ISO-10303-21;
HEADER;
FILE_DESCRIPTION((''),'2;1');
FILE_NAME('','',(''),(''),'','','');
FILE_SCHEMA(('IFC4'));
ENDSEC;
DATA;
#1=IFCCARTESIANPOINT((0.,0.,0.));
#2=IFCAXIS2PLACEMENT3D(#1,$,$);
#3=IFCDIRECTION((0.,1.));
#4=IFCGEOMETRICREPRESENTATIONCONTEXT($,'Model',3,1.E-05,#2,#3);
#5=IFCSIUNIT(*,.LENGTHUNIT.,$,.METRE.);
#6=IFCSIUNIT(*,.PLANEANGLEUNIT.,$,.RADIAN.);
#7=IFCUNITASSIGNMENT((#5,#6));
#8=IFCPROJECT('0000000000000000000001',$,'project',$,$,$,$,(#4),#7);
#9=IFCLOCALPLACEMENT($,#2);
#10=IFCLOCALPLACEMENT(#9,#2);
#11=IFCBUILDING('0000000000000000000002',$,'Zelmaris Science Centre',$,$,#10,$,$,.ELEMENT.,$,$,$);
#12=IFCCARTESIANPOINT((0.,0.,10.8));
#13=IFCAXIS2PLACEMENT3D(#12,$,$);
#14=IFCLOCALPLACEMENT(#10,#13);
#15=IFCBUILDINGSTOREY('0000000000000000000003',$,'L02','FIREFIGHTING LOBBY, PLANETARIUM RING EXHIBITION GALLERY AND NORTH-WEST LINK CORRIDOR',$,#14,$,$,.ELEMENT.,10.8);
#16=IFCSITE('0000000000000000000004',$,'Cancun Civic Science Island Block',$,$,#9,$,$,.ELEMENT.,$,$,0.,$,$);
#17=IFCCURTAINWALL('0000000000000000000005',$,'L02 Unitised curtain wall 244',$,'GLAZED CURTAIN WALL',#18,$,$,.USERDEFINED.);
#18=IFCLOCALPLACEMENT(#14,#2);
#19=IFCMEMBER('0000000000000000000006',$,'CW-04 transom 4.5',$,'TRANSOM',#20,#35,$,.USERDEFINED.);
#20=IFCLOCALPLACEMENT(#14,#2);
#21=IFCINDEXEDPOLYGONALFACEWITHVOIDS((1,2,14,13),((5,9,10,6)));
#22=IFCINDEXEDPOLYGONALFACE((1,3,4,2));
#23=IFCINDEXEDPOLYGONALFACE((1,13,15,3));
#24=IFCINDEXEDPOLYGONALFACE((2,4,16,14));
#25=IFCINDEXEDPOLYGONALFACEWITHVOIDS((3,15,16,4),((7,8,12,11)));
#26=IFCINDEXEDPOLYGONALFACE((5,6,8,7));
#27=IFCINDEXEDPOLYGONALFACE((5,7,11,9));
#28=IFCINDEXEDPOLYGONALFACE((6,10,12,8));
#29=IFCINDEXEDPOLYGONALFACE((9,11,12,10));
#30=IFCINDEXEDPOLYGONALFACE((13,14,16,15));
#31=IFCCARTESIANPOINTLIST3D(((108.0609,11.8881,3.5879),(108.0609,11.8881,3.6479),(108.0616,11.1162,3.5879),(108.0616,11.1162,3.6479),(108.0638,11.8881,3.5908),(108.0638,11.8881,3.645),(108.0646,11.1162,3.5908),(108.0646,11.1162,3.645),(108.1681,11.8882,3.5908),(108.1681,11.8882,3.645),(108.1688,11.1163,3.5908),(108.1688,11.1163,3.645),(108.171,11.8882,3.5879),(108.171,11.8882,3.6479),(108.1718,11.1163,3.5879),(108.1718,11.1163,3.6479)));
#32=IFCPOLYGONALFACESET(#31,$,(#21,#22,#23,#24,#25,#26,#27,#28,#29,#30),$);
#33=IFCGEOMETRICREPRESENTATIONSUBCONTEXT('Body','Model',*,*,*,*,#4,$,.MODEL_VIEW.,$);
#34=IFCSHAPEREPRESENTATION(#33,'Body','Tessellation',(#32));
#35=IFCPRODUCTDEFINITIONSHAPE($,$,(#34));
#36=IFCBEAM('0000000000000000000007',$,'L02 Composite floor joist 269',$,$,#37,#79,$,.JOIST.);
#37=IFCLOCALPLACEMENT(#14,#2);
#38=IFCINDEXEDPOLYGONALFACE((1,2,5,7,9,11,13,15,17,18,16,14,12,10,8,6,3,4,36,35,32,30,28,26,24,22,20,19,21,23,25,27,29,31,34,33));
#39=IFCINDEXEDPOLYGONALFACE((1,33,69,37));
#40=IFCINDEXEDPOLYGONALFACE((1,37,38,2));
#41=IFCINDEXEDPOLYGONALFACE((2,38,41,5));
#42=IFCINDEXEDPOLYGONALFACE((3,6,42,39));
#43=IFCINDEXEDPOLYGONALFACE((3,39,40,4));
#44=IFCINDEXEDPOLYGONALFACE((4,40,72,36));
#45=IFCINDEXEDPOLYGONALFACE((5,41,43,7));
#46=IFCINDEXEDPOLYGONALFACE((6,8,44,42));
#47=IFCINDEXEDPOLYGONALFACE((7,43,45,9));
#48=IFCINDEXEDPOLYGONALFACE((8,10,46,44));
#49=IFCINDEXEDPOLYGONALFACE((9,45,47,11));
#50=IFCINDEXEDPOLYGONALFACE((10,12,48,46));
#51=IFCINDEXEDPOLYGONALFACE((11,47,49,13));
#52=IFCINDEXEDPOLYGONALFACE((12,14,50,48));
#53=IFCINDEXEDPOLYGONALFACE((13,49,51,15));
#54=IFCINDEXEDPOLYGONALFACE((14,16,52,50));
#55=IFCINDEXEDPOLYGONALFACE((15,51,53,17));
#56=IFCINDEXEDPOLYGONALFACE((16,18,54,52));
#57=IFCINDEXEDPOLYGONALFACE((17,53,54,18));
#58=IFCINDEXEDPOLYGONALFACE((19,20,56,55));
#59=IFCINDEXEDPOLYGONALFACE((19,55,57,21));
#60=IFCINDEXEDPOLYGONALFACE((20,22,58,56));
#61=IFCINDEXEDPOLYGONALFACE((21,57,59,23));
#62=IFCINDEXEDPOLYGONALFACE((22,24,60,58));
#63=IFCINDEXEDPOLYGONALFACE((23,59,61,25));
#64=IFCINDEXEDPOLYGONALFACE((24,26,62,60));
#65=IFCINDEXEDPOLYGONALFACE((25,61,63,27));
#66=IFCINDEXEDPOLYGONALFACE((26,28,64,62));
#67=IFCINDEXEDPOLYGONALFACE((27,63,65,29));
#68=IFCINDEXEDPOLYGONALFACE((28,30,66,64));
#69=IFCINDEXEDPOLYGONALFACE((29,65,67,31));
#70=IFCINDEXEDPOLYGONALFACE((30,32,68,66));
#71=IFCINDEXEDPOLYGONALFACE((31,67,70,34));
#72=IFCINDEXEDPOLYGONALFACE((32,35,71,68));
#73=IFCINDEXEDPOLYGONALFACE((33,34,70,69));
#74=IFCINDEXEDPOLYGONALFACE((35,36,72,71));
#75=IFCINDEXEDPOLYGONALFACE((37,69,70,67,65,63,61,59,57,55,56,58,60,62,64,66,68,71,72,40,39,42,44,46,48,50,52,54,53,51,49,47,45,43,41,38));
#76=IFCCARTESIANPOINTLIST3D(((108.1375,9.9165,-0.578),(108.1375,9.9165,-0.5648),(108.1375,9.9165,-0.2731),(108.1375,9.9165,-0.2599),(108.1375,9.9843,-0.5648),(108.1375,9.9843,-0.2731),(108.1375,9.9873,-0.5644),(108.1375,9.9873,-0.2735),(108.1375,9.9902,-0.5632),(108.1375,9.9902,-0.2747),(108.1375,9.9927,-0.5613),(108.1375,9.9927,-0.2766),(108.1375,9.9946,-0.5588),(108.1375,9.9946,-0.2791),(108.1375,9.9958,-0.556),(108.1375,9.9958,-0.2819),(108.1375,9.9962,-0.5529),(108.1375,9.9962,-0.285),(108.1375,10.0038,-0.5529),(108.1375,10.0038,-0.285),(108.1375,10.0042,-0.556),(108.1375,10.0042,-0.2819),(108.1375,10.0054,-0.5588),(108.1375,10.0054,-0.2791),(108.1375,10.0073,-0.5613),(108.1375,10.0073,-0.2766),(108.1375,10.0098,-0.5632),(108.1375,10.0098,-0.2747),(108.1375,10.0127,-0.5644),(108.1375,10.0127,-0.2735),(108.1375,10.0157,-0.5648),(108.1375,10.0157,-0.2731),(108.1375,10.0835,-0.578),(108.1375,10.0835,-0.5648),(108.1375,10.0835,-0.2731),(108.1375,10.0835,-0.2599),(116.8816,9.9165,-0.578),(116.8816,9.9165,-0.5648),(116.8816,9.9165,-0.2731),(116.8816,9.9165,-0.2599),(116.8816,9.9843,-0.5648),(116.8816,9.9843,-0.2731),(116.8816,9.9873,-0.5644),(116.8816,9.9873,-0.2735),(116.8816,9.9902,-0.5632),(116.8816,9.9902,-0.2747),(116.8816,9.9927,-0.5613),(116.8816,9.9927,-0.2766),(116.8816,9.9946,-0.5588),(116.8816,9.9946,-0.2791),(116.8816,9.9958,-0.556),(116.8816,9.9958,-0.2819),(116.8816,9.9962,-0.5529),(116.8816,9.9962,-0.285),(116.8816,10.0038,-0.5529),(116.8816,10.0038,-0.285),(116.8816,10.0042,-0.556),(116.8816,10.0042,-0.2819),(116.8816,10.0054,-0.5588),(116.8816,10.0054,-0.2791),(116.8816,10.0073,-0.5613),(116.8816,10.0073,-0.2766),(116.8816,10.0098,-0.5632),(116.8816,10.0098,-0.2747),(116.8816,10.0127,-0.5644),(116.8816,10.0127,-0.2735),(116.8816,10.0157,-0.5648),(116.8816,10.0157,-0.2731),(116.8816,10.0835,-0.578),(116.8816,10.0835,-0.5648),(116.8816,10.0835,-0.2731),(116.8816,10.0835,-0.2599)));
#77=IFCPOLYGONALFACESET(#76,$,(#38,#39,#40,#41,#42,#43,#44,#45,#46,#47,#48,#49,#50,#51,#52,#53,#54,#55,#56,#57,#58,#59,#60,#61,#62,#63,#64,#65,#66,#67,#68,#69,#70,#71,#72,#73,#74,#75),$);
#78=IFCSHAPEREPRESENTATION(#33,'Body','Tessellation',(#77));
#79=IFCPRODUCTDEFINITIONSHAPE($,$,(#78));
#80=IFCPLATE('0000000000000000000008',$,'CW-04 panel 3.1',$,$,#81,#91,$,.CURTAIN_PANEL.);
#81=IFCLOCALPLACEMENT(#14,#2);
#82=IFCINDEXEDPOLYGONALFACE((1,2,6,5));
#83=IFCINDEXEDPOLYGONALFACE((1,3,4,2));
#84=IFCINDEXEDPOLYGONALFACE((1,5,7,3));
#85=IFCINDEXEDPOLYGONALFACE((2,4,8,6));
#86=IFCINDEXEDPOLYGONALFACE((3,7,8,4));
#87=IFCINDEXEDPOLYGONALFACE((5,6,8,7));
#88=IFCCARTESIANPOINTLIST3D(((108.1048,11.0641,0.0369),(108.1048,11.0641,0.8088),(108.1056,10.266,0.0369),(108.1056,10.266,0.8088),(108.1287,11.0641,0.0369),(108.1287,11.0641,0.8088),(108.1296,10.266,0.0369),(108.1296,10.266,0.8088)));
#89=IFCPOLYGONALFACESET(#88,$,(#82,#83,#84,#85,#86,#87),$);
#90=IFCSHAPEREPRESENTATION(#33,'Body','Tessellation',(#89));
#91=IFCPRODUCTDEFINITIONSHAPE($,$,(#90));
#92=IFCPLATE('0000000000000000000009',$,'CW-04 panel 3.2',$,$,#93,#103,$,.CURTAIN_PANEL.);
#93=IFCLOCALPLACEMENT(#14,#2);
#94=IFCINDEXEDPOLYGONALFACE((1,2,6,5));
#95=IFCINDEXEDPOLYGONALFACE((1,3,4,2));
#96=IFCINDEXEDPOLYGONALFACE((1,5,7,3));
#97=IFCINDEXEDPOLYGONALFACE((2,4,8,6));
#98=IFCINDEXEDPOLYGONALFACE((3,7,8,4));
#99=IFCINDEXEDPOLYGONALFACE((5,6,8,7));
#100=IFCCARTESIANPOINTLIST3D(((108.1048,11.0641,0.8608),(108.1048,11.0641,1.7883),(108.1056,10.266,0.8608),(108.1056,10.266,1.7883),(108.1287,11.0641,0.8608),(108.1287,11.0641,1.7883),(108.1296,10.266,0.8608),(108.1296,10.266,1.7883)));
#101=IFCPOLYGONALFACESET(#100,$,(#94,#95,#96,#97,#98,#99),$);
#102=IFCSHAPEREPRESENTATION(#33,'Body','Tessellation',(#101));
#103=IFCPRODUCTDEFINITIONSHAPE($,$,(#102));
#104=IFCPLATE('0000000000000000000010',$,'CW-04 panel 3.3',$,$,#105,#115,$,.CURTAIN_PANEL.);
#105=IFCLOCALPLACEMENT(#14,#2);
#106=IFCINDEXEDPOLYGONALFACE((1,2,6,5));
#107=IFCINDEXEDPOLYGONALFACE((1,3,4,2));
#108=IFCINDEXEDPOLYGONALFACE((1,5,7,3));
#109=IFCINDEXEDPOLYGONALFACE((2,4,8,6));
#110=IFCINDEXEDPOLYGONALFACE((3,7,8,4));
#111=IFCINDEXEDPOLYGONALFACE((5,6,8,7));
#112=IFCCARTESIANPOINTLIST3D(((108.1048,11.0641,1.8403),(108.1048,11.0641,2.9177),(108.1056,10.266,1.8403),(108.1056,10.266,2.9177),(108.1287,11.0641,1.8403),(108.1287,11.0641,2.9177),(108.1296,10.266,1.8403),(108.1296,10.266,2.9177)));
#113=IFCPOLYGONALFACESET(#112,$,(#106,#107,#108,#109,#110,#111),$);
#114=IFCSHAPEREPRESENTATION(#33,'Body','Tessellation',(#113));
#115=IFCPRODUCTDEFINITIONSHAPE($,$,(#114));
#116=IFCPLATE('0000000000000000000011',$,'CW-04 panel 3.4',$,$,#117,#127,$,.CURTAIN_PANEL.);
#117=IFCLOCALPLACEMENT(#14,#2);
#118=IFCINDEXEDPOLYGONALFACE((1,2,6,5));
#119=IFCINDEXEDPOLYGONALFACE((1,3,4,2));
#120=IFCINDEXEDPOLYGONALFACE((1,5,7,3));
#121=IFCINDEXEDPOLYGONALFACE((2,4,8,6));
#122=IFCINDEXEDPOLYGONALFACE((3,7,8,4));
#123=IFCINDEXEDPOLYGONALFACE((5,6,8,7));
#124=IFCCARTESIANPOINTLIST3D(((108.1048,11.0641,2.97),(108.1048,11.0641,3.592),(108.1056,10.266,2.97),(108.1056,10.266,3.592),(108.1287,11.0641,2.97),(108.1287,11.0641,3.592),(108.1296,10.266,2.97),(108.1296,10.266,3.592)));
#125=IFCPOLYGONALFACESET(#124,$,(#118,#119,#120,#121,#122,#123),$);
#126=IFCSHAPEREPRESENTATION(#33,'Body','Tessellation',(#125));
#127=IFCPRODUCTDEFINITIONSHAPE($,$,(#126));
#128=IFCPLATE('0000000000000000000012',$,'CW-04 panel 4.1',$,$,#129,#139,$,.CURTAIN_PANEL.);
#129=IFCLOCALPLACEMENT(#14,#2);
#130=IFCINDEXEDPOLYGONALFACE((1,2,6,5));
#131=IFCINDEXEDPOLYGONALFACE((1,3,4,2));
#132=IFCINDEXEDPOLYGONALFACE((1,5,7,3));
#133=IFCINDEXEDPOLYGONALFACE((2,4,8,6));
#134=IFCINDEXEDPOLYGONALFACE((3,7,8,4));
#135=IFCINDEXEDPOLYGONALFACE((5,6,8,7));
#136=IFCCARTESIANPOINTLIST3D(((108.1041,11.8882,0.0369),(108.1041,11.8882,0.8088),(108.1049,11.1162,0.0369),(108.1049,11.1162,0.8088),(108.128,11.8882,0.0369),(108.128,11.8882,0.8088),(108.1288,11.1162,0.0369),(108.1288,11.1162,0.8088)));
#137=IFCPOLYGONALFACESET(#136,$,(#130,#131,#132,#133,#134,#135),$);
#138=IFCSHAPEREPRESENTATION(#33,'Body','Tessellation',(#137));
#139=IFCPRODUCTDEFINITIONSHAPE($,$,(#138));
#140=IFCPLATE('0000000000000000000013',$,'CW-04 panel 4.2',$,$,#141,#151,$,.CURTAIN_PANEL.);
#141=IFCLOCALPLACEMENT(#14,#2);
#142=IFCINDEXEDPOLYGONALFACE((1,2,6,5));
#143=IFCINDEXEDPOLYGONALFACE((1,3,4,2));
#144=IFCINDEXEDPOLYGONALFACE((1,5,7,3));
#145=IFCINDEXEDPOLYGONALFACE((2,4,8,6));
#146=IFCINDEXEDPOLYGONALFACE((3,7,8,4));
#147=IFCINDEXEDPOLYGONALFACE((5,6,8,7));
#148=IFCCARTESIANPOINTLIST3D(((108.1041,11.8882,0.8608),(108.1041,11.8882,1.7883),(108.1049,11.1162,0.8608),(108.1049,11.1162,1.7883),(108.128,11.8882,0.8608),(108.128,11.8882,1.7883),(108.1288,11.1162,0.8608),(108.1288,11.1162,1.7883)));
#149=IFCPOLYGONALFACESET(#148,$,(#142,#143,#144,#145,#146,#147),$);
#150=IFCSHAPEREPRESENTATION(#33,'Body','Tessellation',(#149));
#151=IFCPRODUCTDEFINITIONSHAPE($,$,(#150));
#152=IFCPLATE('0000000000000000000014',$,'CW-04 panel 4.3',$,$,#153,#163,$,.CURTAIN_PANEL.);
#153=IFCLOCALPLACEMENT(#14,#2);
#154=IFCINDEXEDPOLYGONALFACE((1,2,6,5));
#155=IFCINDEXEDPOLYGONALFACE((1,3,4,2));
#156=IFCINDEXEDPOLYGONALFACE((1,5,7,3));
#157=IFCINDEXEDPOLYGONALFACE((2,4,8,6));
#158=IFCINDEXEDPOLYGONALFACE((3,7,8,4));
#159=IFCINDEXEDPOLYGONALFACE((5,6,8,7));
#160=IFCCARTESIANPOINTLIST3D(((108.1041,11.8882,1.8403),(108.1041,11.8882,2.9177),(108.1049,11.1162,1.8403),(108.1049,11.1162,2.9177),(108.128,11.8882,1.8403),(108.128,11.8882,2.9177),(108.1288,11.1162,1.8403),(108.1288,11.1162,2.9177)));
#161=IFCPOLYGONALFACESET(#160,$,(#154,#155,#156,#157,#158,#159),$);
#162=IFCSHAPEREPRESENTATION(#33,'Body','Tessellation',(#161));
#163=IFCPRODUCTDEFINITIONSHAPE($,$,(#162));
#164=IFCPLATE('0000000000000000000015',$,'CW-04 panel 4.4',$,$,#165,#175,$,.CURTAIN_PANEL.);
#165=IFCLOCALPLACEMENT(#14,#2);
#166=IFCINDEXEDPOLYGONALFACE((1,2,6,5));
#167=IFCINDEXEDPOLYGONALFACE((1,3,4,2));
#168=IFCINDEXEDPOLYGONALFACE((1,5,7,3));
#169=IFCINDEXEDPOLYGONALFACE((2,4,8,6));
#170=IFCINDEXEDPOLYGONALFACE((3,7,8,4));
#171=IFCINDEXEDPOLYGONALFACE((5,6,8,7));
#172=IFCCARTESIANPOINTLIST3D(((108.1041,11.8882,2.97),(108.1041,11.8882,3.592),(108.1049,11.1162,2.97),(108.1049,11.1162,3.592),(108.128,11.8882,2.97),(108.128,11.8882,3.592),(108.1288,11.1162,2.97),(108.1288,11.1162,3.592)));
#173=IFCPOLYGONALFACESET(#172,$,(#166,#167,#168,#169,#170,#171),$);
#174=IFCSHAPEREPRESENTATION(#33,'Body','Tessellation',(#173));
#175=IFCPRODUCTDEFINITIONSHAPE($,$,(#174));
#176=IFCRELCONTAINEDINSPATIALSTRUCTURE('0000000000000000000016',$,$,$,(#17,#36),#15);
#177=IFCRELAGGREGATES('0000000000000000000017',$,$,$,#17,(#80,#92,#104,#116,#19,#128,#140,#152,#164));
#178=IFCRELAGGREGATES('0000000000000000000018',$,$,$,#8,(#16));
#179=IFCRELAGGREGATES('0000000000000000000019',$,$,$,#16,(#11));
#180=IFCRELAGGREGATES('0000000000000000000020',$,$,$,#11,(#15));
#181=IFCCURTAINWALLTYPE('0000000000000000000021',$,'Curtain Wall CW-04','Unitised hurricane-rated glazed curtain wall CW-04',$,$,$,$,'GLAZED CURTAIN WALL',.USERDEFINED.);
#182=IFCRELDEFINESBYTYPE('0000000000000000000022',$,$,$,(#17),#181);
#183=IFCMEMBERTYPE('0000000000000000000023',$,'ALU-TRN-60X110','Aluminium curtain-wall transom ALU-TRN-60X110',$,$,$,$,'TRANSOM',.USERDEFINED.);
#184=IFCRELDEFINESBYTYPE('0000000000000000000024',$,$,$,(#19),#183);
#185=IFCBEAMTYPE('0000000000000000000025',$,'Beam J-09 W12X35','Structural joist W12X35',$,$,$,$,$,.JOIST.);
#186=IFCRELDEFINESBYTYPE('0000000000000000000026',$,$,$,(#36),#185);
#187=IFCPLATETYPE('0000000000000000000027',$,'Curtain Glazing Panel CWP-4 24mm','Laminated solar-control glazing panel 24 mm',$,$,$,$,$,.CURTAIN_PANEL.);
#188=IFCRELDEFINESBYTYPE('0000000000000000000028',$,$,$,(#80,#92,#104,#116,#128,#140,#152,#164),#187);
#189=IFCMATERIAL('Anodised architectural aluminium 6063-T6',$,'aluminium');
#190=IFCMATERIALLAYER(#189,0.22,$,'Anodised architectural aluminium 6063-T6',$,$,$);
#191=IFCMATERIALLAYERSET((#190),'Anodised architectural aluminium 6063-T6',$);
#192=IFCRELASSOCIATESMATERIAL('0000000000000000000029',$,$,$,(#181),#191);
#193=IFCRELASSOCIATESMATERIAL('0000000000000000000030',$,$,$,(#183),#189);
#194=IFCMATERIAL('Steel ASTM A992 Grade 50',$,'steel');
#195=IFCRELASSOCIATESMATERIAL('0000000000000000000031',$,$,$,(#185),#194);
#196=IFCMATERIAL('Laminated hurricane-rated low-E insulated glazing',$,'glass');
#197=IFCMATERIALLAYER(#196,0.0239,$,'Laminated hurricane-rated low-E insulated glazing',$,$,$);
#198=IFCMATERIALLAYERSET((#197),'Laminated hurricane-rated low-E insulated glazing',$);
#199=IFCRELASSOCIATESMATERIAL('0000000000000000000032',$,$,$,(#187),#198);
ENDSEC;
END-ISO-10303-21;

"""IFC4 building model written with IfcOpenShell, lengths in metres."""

from ifc_helpers import new_model, si_unit, direction, frame, origin, origin_2d, place, context, subcontext, project, spatial, rectangle, hollow_rectangle, i_section, extrude, material, layer, layer_set, material_profile, profile_set, type_object, element, aggregate, save


model = new_model("IFC4")

# Units and contexts
model_context = context("Model", 3, precision=1e-05, world=origin(), true_north=direction((0.0, 1.0)))
body_context = subcontext(model_context, "Body", "Model", "MODEL_VIEW")
ifc_project = project(units=[si_unit("LENGTHUNIT", "METRE"), si_unit("PLANEANGLEUNIT", "RADIAN")], contexts=[model_context])

# Site, building, storey
site_placement = place(None, origin())
site = spatial("IfcSite", under=ifc_project, at=site_placement, Name="Cancun Civic Science Island Block", CompositionType="ELEMENT", RefElevation=0.0)
building_placement = place(site_placement, origin())
building = spatial("IfcBuilding", under=site, at=building_placement, Name="Zelmaris Science Centre", CompositionType="ELEMENT")
storey_placement = place(building_placement, frame((0.0, 0.0, 10.8)))
storey = spatial("IfcBuildingStorey", under=building, at=storey_placement, Name="L02", Description="FIREFIGHTING LOBBY, PLANETARIUM RING EXHIBITION GALLERY AND NORTH-WEST LINK CORRIDOR", CompositionType="ELEMENT", Elevation=10.8)

# Curtain wall, member
ifc_material_1 = material(Name="Anodised architectural aluminium 6063-T6", Category="aluminium")
ifc_layer_1 = layer(ifc_material_1, 0.22, Name="Anodised architectural aluminium 6063-T6")
ifc_layer_set_1 = layer_set([ifc_layer_1], Name="Anodised architectural aluminium 6063-T6")
curtain_wall_type = type_object("IfcCurtainWallType", Name="Curtain Wall CW-04", Description="Unitised hurricane-rated glazed curtain wall CW-04", ElementType="GLAZED CURTAIN WALL", PredefinedType="USERDEFINED", material=ifc_layer_set_1)
curtain_wall_placement = place(storey_placement, origin())
curtain_wall = element("IfcCurtainWall", 1, at=curtain_wall_placement, inside=storey, type_object=curtain_wall_type, Name="L02 Unitised curtain wall 244", ObjectType="GLAZED CURTAIN WALL", PredefinedType="USERDEFINED")
ifc_material_profile_1 = material_profile(ifc_material_1, hollow_rectangle(XDim=0.0601, YDim=0.1101, WallThickness=0.0029, at=origin_2d()), Name="ALU-TRN-60X110")
ifc_profile_set_1 = profile_set([ifc_material_profile_1], Name="Anodised architectural aluminium 6063-T6")
member_type_1 = type_object("IfcMemberType", Name="ALU-TRN-60X110", Description="Aluminium curtain-wall transom ALU-TRN-60X110", ElementType="TRANSOM", PredefinedType="USERDEFINED", material=ifc_profile_set_1)
member_1_placement = place(storey_placement, frame((108.1167, 11.1162, 3.6179), z_axis=(-0.000949, 1.0, 0.0), x_axis=(0.0, 0.0, 1.0)))
member_1 = element("IfcMember", 2, at=member_1_placement, type_object=member_type_1, Name="CW-04 transom 4.5", ObjectType="TRANSOM", PredefinedType="USERDEFINED", context=body_context, shape_type="SweptSolid", body=[
    extrude(hollow_rectangle(XDim=0.0601, YDim=0.1101, WallThickness=0.0029, at=origin_2d()), origin(), (0.0, 0.0, 1.0), 0.772),
])

# Beam
ifc_material_2 = material(Name="Steel ASTM A992 Grade 50", Category="steel")
ifc_material_profile_2 = material_profile(ifc_material_2, i_section(OverallWidth=0.167, OverallDepth=0.3181, WebThickness=0.0076, FlangeThickness=0.0132, FilletRadius=0.012, at=origin_2d()), Name="W12X35")
ifc_profile_set_2 = profile_set([ifc_material_profile_2], Name="Steel ASTM A992 Grade 50")
beam_type = type_object("IfcBeamType", Name="Beam J-09 W12X35", Description="Structural joist W12X35", PredefinedType="JOIST", material=ifc_profile_set_2)
beam_placement = place(storey_placement, frame((108.1375, 10.0, -0.4189), z_axis=(1.0, 0.0, 0.0), x_axis=(0.0, 1.0, 0.0)))
element("IfcBeam", 3, at=beam_placement, inside=storey, type_object=beam_type, Name="L02 Composite floor joist 269", PredefinedType="JOIST", context=body_context, shape_type="SweptSolid", body=[
    extrude(i_section(OverallWidth=0.167, OverallDepth=0.3181, WebThickness=0.0076, FlangeThickness=0.0132, FilletRadius=0.012, at=origin_2d()), origin(), (0.0, 0.0, 1.0), 8.7441),
])

# Plates
ifc_material_3 = material(Name="Laminated hurricane-rated low-E insulated glazing", Category="glass")
ifc_layer_2 = layer(ifc_material_3, 0.0239, Name="Laminated hurricane-rated low-E insulated glazing")
ifc_layer_set_2 = layer_set([ifc_layer_2], Name="Laminated hurricane-rated low-E insulated glazing")
plate_type = type_object("IfcPlateType", Name="Curtain Glazing Panel CWP-4 24mm", Description="Laminated solar-control glazing panel 24 mm", PredefinedType="CURTAIN_PANEL", material=ifc_layer_set_2)
plate_1_placement = place(storey_placement, frame((108.1172, 10.665, 0.0369), z_axis=(0.0, 0.0, 1.0), x_axis=(-0.001059, 0.999999, 0.0)))
plate_1 = element("IfcPlate", 4, at=plate_1_placement, type_object=plate_type, Name="CW-04 panel 3.1", PredefinedType="CURTAIN_PANEL", context=body_context, shape_type="SweptSolid", body=[
    extrude(rectangle(XDim=0.7981, YDim=0.0239, at=origin_2d()), origin(), (0.0, 0.0, 1.0), 0.772),
])
plate_2_placement = place(storey_placement, frame((108.1172, 10.665, 0.8608), z_axis=(0.0, 0.0, 1.0), x_axis=(-0.001059, 0.999999, 0.0)))
plate_2 = element("IfcPlate", 5, at=plate_2_placement, type_object=plate_type, Name="CW-04 panel 3.2", PredefinedType="CURTAIN_PANEL", context=body_context, shape_type="SweptSolid", body=[
    extrude(rectangle(XDim=0.7981, YDim=0.0239, at=origin_2d()), origin(), (0.0, 0.0, 1.0), 0.9275),
])
plate_3_placement = place(storey_placement, frame((108.1172, 10.665, 1.8403), z_axis=(0.0, 0.0, 1.0), x_axis=(-0.001059, 0.999999, 0.0)))
plate_3 = element("IfcPlate", 6, at=plate_3_placement, type_object=plate_type, Name="CW-04 panel 3.3", PredefinedType="CURTAIN_PANEL", context=body_context, shape_type="SweptSolid", body=[
    extrude(rectangle(XDim=0.7981, YDim=0.0239, at=origin_2d()), origin(), (0.0, 0.0, 1.0), 1.0774),
])
plate_4_placement = place(storey_placement, frame((108.1172, 10.665, 2.97), z_axis=(0.0, 0.0, 1.0), x_axis=(-0.001059, 0.999999, 0.0)))
plate_4 = element("IfcPlate", 7, at=plate_4_placement, type_object=plate_type, Name="CW-04 panel 3.4", PredefinedType="CURTAIN_PANEL", context=body_context, shape_type="SweptSolid", body=[
    extrude(rectangle(XDim=0.7981, YDim=0.0239, at=origin_2d()), origin(), (0.0, 0.0, 1.0), 0.6221),
])
plate_5_placement = place(storey_placement, frame((108.1165, 11.5022, 0.0369), z_axis=(0.0, 0.0, 1.0), x_axis=(-0.001059, 0.999999, 0.0)))
plate_5 = element("IfcPlate", 8, at=plate_5_placement, type_object=plate_type, Name="CW-04 panel 4.1", PredefinedType="CURTAIN_PANEL", context=body_context, shape_type="SweptSolid", body=[
    extrude(rectangle(XDim=0.772, YDim=0.0239, at=origin_2d()), origin(), (0.0, 0.0, 1.0), 0.772),
])
plate_6_placement = place(storey_placement, frame((108.1165, 11.5022, 0.8608), z_axis=(0.0, 0.0, 1.0), x_axis=(-0.001059, 0.999999, 0.0)))
plate_6 = element("IfcPlate", 9, at=plate_6_placement, type_object=plate_type, Name="CW-04 panel 4.2", PredefinedType="CURTAIN_PANEL", context=body_context, shape_type="SweptSolid", body=[
    extrude(rectangle(XDim=0.772, YDim=0.0239, at=origin_2d()), origin(), (0.0, 0.0, 1.0), 0.9275),
])
plate_7_placement = place(storey_placement, frame((108.1165, 11.5022, 1.8403), z_axis=(0.0, 0.0, 1.0), x_axis=(-0.001059, 0.999999, 0.0)))
plate_7 = element("IfcPlate", 10, at=plate_7_placement, type_object=plate_type, Name="CW-04 panel 4.3", PredefinedType="CURTAIN_PANEL", context=body_context, shape_type="SweptSolid", body=[
    extrude(rectangle(XDim=0.772, YDim=0.0239, at=origin_2d()), origin(), (0.0, 0.0, 1.0), 1.0774),
])
plate_8_placement = place(storey_placement, frame((108.1165, 11.5022, 2.97), z_axis=(0.0, 0.0, 1.0), x_axis=(-0.001059, 0.999999, 0.0)))
plate_8 = element("IfcPlate", 11, at=plate_8_placement, type_object=plate_type, Name="CW-04 panel 4.4", PredefinedType="CURTAIN_PANEL", context=body_context, shape_type="SweptSolid", body=[
    extrude(rectangle(XDim=0.772, YDim=0.0239, at=origin_2d()), origin(), (0.0, 0.0, 1.0), 0.6221),
])
aggregate(curtain_wall, [plate_1, plate_2, plate_3, plate_4, member_1, plate_5, plate_6, plate_7, plate_8])

save(model, "model.ifc")
